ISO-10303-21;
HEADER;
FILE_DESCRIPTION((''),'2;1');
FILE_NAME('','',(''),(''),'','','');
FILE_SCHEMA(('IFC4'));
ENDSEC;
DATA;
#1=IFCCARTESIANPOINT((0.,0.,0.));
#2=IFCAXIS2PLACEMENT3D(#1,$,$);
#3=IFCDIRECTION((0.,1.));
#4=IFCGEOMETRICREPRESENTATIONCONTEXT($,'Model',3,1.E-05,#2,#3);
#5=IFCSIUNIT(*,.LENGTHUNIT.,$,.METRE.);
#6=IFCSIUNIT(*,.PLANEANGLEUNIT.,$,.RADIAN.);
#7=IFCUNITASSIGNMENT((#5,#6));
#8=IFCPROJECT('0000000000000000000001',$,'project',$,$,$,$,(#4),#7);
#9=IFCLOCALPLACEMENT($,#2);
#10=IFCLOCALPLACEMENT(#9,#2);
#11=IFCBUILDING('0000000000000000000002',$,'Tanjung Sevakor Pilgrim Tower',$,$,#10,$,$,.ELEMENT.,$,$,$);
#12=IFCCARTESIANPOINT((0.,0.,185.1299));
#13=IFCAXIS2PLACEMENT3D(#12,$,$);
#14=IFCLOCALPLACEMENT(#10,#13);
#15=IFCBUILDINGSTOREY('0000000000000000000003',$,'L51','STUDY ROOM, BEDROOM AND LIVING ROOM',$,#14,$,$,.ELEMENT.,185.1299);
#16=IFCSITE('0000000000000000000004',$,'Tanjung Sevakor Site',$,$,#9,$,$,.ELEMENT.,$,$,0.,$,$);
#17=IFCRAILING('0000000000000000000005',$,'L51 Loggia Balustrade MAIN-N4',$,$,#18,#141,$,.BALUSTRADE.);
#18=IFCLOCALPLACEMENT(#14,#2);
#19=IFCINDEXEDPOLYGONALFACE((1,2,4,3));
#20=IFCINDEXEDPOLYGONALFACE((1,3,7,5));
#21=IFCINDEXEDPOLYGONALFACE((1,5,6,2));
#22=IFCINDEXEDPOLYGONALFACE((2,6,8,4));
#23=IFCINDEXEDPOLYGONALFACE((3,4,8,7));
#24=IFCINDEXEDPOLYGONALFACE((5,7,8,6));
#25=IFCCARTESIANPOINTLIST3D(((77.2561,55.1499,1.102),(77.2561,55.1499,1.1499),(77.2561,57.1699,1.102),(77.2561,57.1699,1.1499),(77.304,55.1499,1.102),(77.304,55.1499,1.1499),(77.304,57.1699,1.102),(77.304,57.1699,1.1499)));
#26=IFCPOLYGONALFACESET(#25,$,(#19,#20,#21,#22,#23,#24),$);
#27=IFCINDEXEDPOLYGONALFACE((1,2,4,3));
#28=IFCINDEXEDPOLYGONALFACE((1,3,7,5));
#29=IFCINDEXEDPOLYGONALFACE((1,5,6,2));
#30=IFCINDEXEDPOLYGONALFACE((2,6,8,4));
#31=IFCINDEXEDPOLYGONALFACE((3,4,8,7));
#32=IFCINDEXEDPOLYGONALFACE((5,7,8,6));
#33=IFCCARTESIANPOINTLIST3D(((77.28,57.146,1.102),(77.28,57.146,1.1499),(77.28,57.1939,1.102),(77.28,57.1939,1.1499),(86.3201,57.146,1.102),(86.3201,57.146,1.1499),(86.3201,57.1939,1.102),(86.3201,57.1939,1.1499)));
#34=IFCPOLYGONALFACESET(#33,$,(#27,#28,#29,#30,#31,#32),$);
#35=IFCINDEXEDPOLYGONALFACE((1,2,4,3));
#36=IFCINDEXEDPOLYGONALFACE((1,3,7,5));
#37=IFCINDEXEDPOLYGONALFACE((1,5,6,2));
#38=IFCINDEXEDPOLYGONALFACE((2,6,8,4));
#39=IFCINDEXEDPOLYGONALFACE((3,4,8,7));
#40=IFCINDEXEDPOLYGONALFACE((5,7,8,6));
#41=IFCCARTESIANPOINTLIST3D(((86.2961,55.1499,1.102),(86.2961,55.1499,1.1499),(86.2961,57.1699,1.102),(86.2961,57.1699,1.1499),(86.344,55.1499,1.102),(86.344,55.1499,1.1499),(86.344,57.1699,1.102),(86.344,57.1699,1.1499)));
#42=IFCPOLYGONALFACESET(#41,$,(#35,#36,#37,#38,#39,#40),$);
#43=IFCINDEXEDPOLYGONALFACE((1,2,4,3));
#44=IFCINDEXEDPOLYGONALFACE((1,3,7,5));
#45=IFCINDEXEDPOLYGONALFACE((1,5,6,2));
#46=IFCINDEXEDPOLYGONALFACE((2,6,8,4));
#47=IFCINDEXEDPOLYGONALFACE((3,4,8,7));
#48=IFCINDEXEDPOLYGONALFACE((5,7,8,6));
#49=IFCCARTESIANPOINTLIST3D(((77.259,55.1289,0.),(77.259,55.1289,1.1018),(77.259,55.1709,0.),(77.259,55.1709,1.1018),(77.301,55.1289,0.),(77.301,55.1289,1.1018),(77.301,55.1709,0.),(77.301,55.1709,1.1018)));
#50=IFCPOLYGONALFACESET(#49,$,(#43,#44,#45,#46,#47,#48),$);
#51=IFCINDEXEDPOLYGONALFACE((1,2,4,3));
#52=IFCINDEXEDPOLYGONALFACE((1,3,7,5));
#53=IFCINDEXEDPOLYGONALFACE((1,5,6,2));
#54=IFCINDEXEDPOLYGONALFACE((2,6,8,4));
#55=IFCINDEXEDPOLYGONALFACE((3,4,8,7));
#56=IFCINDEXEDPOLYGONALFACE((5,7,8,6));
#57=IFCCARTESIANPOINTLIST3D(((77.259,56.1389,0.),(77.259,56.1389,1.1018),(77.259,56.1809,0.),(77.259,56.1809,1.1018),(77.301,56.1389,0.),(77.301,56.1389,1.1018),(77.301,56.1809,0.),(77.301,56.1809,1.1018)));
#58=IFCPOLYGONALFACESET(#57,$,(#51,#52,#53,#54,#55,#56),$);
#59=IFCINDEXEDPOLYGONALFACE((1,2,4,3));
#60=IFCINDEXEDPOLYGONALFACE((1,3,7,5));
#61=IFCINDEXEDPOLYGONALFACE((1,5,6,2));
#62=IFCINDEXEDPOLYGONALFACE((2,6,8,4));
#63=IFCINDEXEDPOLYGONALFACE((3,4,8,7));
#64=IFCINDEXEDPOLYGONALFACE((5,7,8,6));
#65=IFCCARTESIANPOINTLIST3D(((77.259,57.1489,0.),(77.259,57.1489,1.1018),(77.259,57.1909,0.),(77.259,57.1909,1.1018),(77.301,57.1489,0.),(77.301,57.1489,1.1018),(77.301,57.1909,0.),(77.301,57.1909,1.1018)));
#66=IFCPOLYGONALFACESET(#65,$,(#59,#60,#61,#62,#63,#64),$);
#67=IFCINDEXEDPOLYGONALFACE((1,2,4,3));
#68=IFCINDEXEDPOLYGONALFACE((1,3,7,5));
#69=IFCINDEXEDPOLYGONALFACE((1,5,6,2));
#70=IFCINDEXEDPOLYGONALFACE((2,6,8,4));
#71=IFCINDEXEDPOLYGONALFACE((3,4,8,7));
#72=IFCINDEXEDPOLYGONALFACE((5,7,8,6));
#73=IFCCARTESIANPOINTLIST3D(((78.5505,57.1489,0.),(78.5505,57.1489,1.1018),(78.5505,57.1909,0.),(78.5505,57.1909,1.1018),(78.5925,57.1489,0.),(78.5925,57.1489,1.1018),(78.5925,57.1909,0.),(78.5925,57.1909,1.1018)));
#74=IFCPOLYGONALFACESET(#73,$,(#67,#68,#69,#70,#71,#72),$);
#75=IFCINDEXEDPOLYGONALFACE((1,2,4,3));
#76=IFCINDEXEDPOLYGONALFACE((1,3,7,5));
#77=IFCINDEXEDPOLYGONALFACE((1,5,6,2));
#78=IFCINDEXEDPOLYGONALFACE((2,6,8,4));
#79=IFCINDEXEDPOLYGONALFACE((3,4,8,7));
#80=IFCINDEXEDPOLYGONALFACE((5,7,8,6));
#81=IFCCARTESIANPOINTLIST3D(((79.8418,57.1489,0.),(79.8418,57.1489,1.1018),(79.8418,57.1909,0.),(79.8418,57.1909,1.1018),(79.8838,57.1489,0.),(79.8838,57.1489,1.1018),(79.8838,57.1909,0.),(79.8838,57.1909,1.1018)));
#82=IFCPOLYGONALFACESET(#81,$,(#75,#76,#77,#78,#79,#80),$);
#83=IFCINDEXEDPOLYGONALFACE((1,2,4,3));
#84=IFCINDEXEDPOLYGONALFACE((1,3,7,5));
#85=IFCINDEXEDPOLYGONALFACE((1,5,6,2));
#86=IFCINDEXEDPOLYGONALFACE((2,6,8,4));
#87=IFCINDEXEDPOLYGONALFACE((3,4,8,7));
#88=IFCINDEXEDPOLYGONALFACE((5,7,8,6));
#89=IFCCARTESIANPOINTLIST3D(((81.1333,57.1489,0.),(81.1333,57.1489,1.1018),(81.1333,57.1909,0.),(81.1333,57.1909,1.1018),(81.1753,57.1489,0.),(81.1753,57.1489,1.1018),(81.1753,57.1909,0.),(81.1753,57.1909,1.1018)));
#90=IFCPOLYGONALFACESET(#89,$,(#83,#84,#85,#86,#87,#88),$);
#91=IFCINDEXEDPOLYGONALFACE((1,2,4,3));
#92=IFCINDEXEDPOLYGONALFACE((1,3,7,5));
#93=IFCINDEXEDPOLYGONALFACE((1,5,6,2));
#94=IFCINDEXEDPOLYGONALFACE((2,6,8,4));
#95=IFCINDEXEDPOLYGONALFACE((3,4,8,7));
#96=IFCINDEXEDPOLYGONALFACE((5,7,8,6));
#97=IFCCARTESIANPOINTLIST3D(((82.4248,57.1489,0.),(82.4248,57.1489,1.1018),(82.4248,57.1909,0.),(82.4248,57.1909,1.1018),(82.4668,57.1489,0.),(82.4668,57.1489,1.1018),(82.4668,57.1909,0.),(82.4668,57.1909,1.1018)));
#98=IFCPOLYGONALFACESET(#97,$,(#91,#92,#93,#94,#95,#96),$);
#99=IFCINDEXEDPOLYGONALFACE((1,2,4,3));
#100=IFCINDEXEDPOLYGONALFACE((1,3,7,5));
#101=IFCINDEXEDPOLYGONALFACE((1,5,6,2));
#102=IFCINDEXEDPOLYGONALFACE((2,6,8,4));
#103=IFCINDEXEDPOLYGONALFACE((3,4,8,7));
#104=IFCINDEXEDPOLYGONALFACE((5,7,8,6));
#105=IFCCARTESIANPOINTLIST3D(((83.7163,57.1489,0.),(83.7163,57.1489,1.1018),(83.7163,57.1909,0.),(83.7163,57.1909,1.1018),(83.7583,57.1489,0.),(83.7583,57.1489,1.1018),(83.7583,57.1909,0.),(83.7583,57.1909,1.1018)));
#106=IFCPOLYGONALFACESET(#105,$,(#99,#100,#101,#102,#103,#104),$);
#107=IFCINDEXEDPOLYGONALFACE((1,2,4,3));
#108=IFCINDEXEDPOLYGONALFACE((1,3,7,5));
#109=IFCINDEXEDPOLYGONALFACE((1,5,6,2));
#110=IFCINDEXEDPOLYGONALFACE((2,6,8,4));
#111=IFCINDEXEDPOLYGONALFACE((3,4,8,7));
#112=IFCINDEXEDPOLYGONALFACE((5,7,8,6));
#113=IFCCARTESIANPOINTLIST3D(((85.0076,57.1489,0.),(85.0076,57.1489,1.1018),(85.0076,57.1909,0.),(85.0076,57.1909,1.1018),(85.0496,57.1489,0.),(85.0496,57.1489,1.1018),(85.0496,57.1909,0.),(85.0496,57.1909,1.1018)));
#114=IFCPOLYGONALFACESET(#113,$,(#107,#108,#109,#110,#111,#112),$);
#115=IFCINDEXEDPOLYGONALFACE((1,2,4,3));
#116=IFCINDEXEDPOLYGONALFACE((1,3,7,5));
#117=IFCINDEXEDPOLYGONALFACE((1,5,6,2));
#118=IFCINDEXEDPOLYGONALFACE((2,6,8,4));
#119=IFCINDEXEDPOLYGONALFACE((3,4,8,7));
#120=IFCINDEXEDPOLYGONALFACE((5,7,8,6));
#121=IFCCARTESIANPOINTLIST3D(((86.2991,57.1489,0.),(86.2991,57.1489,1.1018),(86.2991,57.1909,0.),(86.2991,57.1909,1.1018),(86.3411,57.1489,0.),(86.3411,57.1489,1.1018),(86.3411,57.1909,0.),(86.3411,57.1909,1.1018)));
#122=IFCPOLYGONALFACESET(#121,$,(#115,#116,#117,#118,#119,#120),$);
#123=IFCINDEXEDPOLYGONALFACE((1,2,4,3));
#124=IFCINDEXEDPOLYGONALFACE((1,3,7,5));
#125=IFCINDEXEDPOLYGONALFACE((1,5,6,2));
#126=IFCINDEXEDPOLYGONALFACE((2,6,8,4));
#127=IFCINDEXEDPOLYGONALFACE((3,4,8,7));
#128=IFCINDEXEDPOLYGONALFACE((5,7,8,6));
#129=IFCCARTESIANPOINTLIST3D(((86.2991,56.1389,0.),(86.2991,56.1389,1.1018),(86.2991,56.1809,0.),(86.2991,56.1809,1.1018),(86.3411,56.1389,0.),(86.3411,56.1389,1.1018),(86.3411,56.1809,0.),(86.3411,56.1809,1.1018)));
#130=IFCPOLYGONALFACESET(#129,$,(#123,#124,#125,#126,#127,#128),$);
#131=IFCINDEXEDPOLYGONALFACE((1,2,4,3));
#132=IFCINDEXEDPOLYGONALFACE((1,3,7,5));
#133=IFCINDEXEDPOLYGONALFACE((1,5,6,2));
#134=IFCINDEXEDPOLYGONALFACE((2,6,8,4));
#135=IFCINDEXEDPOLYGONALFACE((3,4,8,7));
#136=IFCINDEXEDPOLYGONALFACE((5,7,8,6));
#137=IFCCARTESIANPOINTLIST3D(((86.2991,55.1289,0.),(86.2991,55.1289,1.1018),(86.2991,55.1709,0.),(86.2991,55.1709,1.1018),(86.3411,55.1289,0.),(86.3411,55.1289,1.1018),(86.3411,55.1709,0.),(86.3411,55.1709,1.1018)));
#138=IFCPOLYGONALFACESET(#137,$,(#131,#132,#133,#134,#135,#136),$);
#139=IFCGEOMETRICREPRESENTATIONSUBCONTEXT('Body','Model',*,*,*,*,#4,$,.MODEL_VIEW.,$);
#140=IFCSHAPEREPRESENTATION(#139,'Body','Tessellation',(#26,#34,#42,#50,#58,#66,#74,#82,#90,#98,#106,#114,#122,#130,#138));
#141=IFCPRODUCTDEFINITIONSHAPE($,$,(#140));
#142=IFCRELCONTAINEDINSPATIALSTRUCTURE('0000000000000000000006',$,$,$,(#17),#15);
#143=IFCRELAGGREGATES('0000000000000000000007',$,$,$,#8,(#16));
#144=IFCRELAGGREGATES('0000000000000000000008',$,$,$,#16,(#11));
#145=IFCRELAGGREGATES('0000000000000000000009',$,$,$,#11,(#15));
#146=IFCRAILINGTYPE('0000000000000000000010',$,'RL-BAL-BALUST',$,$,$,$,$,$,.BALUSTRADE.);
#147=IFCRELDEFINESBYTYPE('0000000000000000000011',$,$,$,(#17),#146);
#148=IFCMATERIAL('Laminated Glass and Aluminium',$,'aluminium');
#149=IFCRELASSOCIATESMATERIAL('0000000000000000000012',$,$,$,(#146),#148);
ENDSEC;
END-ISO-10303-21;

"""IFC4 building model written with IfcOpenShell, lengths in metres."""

from ifc_helpers import new_model, si_unit, direction, frame, origin, place, context, subcontext, project, spatial, rectangle, extrude, material, type_object, element, save


model = new_model("IFC4")

# Units and contexts
model_context = context("Model", 3, precision=1e-05, world=origin(), true_north=direction((0.0, 1.0)))
body_context = subcontext(model_context, "Body", "Model", "MODEL_VIEW")
ifc_project = project(units=[si_unit("LENGTHUNIT", "METRE"), si_unit("PLANEANGLEUNIT", "RADIAN")], contexts=[model_context])

# Site, building, storey
site_placement = place(None, origin())
site = spatial("IfcSite", under=ifc_project, at=site_placement, Name="Tanjung Sevakor Site", CompositionType="ELEMENT", RefElevation=0.0)
building_placement = place(site_placement, origin())
building = spatial("IfcBuilding", under=site, at=building_placement, Name="Tanjung Sevakor Pilgrim Tower", CompositionType="ELEMENT")
storey_placement = place(building_placement, frame((0.0, 0.0, 185.1299)))
storey = spatial("IfcBuildingStorey", under=building, at=storey_placement, Name="L51", Description="STUDY ROOM, BEDROOM AND LIVING ROOM", CompositionType="ELEMENT", Elevation=185.1299)

# Railing
ifc_material_1 = material(Name="Laminated Glass and Aluminium", Category="aluminium")
railing_type = type_object("IfcRailingType", Name="RL-BAL-BALUST", PredefinedType="BALUSTRADE", material=ifc_material_1)
railing_1_placement = place(storey_placement, frame((77.28, 55.1499, 0.0)))
element("IfcRailing", 1, at=railing_1_placement, inside=storey, type_object=railing_type, Name="L51 Loggia Balustrade MAIN-N4", PredefinedType="BALUSTRADE", context=body_context, shape_type="SweptSolid", body=[
    extrude(rectangle(XDim=0.0479, YDim=0.0479), frame((0.0, 0.0, 1.126), z_axis=(0.0, 1.0, 0.0), x_axis=(-1.0, 0.0, 0.0)), (0.0, 0.0, 1.0), 2.02),
    extrude(rectangle(XDim=0.0479, YDim=0.0479), frame((0.0, 2.02, 1.126), z_axis=(1.0, 0.0, 0.0), x_axis=(0.0, 1.0, 0.0)), (0.0, 0.0, 1.0), 9.04),
    extrude(rectangle(XDim=0.0479, YDim=0.0479), frame((9.04, 2.02, 1.126), z_axis=(0.0, -1.0, 0.0), x_axis=(1.0, 0.0, 0.0)), (0.0, 0.0, 1.0), 2.02),
    extrude(rectangle(XDim=0.042, YDim=0.042), origin(), (0.0, 0.0, 1.0), 1.1018),
    extrude(rectangle(XDim=0.042, YDim=0.042), frame((0.0, 1.01, 0.0)), (0.0, 0.0, 1.0), 1.1018),
    extrude(rectangle(XDim=0.042, YDim=0.042), frame((0.0, 2.02, 0.0)), (0.0, 0.0, 1.0), 1.1018),
    extrude(rectangle(XDim=0.042, YDim=0.042), frame((1.2915, 2.02, 0.0)), (0.0, 0.0, 1.0), 1.1018),
    extrude(rectangle(XDim=0.042, YDim=0.042), frame((2.5828, 2.02, 0.0)), (0.0, 0.0, 1.0), 1.1018),
    extrude(rectangle(XDim=0.042, YDim=0.042), frame((3.8743, 2.02, 0.0)), (0.0, 0.0, 1.0), 1.1018),
    extrude(rectangle(XDim=0.042, YDim=0.042), frame((5.1658, 2.02, 0.0)), (0.0, 0.0, 1.0), 1.1018),
    extrude(rectangle(XDim=0.042, YDim=0.042), frame((6.4573, 2.02, 0.0)), (0.0, 0.0, 1.0), 1.1018),
    extrude(rectangle(XDim=0.042, YDim=0.042), frame((7.7485, 2.02, 0.0)), (0.0, 0.0, 1.0), 1.1018),
    extrude(rectangle(XDim=0.042, YDim=0.042), frame((9.04, 2.02, 0.0)), (0.0, 0.0, 1.0), 1.1018),
    extrude(rectangle(XDim=0.042, YDim=0.042), frame((9.04, 1.01, 0.0)), (0.0, 0.0, 1.0), 1.1018),
    extrude(rectangle(XDim=0.042, YDim=0.042), frame((9.04, 0.0, 0.0)), (0.0, 0.0, 1.0), 1.1018),
])

save(model, "model.ifc")
